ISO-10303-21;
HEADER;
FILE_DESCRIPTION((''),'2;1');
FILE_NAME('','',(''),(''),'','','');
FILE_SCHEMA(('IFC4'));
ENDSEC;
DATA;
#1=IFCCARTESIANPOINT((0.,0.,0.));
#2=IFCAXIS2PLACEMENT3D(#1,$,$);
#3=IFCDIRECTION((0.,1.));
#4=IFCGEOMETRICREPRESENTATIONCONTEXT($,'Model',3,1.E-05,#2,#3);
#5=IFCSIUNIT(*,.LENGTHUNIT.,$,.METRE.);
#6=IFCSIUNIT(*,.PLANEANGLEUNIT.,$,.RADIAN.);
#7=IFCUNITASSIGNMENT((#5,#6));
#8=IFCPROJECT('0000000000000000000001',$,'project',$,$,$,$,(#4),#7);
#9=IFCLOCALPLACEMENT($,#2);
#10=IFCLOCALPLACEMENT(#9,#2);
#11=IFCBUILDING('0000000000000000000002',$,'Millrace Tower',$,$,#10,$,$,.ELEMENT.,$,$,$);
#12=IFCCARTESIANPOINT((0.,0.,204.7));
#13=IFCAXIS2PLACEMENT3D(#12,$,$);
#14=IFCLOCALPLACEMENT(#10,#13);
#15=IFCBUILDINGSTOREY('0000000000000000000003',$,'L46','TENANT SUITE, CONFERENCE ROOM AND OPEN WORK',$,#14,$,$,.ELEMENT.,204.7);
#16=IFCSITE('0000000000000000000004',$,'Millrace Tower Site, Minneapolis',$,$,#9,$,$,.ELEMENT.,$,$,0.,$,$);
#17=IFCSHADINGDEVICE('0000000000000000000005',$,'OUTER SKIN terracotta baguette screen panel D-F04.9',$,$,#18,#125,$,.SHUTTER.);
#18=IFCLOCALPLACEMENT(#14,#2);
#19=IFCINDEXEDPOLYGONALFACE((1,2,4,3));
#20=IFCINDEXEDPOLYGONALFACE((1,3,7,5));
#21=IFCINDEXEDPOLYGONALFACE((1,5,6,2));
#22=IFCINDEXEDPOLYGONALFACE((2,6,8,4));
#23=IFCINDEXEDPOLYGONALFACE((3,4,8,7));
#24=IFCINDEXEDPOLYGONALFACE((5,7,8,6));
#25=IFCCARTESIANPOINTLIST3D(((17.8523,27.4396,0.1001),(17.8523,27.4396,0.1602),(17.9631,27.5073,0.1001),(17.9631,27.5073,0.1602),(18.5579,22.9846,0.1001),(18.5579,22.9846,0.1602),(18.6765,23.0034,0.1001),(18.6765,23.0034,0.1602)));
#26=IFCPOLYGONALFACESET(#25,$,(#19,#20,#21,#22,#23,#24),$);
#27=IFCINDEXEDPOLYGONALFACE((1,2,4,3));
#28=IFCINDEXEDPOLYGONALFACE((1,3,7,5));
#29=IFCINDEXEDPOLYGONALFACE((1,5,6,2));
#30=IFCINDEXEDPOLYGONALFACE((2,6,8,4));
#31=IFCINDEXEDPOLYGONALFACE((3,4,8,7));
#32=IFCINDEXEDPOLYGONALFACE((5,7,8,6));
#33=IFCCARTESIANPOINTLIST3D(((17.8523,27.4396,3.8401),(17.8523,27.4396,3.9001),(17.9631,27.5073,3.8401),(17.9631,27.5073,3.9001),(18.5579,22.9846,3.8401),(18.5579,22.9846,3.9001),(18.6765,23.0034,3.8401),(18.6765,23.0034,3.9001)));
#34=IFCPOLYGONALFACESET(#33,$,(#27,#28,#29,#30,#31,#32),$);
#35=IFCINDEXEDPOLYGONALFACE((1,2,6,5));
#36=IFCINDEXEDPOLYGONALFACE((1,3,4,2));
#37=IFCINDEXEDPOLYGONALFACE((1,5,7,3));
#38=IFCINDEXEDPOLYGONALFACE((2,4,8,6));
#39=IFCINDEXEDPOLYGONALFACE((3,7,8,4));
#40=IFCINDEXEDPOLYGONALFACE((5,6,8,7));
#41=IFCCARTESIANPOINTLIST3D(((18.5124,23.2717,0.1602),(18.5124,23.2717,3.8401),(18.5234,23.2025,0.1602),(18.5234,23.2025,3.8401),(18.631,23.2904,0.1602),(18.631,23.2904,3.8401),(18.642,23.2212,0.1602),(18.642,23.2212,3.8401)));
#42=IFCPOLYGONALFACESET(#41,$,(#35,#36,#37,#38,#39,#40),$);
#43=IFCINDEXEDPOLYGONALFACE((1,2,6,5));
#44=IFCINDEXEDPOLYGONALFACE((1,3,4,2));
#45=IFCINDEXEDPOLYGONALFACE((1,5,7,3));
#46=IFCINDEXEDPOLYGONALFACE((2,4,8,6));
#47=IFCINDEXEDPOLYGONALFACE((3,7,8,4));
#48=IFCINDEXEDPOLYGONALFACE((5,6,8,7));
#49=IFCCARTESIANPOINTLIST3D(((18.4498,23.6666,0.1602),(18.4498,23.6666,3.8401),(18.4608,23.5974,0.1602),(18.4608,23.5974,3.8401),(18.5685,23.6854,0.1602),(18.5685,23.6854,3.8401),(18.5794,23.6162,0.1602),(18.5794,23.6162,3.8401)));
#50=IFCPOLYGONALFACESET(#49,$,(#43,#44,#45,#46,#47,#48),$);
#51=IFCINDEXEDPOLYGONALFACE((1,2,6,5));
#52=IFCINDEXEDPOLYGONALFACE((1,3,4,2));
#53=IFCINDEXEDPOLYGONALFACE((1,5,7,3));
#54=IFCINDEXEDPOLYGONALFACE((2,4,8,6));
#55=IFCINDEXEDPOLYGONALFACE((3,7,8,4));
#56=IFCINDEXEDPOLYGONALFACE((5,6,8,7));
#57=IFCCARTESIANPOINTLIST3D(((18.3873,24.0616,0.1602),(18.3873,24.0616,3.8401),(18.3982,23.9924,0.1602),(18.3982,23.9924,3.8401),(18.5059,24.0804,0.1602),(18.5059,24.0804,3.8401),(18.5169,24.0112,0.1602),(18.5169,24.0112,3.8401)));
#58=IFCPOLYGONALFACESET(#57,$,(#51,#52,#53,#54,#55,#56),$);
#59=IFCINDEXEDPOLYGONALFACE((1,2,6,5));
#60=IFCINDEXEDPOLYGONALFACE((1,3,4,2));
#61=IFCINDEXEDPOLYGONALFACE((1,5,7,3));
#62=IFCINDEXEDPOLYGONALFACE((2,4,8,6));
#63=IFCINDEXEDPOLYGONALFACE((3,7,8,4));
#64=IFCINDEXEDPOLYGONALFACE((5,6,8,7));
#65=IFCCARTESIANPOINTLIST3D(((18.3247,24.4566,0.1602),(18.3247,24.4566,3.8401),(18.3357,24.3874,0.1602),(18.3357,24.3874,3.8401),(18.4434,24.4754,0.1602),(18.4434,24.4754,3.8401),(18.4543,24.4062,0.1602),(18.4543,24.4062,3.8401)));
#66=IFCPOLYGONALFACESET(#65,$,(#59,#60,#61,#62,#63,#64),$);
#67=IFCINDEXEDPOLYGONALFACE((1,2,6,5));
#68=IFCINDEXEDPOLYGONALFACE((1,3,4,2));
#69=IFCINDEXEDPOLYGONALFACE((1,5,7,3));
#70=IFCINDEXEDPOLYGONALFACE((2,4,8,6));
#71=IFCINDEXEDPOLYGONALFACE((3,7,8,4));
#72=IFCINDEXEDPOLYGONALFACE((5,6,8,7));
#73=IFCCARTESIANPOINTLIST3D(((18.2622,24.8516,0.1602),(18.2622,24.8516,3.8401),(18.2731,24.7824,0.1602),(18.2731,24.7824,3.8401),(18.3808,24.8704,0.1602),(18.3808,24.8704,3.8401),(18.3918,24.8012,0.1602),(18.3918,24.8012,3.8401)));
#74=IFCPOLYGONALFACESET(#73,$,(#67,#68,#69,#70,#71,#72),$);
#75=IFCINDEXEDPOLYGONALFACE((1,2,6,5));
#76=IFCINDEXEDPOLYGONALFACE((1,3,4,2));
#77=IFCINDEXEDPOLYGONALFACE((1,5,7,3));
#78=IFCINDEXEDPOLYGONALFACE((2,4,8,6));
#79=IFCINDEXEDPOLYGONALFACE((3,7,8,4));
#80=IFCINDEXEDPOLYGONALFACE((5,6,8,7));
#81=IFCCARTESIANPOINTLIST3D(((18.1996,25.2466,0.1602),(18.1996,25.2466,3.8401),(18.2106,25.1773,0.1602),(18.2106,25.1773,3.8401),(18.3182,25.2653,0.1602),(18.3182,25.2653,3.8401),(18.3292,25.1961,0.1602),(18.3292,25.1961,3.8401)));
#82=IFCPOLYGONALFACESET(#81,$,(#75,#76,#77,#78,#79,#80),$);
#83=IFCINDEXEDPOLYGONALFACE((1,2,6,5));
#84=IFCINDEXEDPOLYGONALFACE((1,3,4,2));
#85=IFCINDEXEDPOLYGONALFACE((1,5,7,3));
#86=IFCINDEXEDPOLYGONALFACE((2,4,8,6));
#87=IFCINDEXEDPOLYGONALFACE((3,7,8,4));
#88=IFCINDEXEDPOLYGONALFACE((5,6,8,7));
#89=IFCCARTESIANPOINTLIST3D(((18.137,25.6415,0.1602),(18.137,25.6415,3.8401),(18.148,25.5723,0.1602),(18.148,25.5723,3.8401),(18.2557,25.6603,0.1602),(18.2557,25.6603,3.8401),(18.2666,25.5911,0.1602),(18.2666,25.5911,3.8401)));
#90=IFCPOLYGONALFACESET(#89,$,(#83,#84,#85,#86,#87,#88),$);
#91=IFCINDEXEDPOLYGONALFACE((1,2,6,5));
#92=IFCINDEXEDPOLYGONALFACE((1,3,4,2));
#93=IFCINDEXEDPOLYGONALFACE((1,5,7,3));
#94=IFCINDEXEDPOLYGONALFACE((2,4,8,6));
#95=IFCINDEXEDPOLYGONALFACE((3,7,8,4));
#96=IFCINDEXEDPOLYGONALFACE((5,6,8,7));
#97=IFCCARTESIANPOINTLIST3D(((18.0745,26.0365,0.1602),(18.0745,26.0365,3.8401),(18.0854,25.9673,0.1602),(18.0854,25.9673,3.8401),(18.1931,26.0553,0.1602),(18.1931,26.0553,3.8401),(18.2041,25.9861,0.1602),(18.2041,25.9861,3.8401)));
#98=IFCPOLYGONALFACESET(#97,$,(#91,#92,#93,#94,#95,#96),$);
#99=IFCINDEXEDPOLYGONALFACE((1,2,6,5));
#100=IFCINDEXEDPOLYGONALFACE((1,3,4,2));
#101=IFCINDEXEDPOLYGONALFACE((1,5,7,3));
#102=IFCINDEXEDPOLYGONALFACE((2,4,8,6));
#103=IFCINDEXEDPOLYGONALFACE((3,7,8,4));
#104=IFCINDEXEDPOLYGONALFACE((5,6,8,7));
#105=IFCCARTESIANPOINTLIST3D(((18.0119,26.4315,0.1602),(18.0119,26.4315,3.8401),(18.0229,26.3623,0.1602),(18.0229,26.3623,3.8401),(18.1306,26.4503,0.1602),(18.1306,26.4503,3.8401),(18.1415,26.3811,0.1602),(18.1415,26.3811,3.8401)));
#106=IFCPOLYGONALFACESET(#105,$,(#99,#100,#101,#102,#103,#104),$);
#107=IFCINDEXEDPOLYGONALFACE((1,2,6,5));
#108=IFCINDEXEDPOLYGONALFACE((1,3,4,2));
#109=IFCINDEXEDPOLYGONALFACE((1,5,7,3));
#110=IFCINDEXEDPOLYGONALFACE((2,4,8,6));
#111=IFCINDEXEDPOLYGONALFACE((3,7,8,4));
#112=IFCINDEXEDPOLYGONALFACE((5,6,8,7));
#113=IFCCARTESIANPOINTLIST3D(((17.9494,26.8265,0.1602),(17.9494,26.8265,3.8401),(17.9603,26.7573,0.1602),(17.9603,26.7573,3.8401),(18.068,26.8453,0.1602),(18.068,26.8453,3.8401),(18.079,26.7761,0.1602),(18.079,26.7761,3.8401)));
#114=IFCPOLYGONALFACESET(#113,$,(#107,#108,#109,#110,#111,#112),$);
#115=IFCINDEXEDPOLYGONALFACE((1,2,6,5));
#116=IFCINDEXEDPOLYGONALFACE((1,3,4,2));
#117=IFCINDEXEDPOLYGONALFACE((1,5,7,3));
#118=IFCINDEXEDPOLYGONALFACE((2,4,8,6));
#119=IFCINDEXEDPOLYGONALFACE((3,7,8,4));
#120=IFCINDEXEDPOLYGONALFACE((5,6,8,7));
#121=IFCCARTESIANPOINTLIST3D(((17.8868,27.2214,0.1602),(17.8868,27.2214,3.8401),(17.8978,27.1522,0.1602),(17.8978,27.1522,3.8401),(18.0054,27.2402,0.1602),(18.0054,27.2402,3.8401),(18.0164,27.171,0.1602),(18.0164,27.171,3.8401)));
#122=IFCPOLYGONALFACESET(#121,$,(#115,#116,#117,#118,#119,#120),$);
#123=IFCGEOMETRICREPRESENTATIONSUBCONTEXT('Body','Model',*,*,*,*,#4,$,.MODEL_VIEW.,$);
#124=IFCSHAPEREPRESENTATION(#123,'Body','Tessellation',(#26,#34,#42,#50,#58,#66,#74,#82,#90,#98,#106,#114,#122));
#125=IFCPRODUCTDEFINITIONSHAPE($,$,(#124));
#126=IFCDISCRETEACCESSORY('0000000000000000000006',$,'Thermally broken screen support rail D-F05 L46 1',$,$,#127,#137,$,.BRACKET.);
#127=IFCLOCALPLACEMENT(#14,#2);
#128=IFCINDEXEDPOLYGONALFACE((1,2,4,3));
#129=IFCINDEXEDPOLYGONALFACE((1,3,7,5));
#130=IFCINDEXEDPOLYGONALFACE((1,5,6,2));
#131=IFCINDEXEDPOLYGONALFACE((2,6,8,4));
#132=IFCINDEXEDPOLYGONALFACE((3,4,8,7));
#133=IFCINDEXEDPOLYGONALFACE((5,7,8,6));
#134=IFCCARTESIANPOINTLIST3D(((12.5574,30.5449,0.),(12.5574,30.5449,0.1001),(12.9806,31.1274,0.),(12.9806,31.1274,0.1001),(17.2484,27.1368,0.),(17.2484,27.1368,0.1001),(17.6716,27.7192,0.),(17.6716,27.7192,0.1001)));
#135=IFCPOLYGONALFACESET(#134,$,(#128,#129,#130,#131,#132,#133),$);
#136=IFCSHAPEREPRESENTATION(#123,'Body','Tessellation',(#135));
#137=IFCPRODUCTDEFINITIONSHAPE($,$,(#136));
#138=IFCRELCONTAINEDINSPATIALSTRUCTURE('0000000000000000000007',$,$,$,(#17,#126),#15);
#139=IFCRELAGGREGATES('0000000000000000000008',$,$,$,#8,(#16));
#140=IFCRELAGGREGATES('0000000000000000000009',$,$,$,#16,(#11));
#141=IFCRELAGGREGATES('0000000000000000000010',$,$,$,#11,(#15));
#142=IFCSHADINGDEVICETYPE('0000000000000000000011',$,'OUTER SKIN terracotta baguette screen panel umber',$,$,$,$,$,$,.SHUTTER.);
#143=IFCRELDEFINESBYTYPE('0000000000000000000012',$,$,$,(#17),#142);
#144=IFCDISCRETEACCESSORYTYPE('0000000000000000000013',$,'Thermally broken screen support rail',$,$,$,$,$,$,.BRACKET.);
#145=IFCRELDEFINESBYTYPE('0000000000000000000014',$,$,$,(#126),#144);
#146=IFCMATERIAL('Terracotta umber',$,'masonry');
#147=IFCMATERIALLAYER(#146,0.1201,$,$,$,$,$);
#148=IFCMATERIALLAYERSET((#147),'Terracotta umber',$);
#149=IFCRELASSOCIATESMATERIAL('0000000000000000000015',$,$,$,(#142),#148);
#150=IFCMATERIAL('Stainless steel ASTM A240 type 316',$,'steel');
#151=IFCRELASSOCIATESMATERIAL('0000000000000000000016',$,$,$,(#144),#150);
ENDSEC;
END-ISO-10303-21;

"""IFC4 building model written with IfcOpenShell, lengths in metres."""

from ifc_helpers import new_model, entity, si_unit, direction, frame, frame_2d, origin, origin_2d, place, context, subcontext, project, spatial, rectangle, extrude, source, transform, mapped, material, layer, layer_set, type_object, element, save


model = new_model("IFC4")

# Units and contexts
model_context = context("Model", 3, precision=1e-05, world=origin(), true_north=direction((0.0, 1.0)))
body_context = subcontext(model_context, "Body", "Model", "MODEL_VIEW")
ifc_project = project(units=[si_unit("LENGTHUNIT", "METRE"), si_unit("PLANEANGLEUNIT", "RADIAN")], contexts=[model_context])

# Site, building, storey
site_placement = place(None, origin())
site = spatial("IfcSite", under=ifc_project, at=site_placement, Name="Millrace Tower Site, Minneapolis", CompositionType="ELEMENT", RefElevation=0.0)
building_placement = place(site_placement, origin())
building = spatial("IfcBuilding", under=site, at=building_placement, Name="Millrace Tower", CompositionType="ELEMENT")
storey_placement = place(building_placement, frame((0.0, 0.0, 204.7)))
storey = spatial("IfcBuildingStorey", under=building, at=storey_placement, Name="L46", Description="TENANT SUITE, CONFERENCE ROOM AND OPEN WORK", CompositionType="ELEMENT", Elevation=204.7)

# Shading device
ifc_material_1 = material(Name="Terracotta umber", Category="masonry")
ifc_layer_1 = layer(ifc_material_1, 0.1201)
ifc_layer_set_1 = layer_set([ifc_layer_1], Name="Terracotta umber")
shading_device_type = type_object("IfcShadingDeviceType", Name="OUTER SKIN terracotta baguette screen panel umber", PredefinedType="SHUTTER", material=ifc_layer_set_1)
cartesian_point_1 = entity("IfcCartesianPoint", [-2.2676, 0.0601])
shared_polyline_1 = entity("IfcPolyline", [cartesian_point_1, entity("IfcCartesianPoint", [2.2429, 0.0601]), entity("IfcCartesianPoint", [2.2925, -0.0601]), entity("IfcCartesianPoint", [-2.2676, -0.0601]), cartesian_point_1])
shared_shape_1 = source(origin(), body_context, "Body", "SweptSolid", [
    entity("IfcExtrudedAreaSolid", entity("IfcArbitraryClosedProfileDef", "AREA", None, shared_polyline_1), entity("IfcAxis2Placement3D", entity("IfcCartesianPoint", [0.0, 0.0, 0.0])), entity("IfcDirection", [0.0, 0.0, 1.0]), 0.0601),
    entity("IfcExtrudedAreaSolid", entity("IfcArbitraryClosedProfileDef", "AREA", None, shared_polyline_1), entity("IfcAxis2Placement3D", entity("IfcCartesianPoint", [0.0, 0.0, 3.74])), entity("IfcDirection", [0.0, 0.0, 1.0]), 0.0601),
    extrude(rectangle(XDim=0.0701, YDim=0.1201, at=frame_2d((-2.012, 0.0))), frame((0.0, 0.0, 0.0601)), (0.0, 0.0, 1.0), 3.6799),
    extrude(rectangle(XDim=0.0701, YDim=0.1201, at=frame_2d((-1.6121, 0.0))), frame((0.0, 0.0, 0.0601)), (0.0, 0.0, 1.0), 3.6799),
    extrude(rectangle(XDim=0.0701, YDim=0.1201, at=frame_2d((-1.2122, 0.0))), frame((0.0, 0.0, 0.0601)), (0.0, 0.0, 1.0), 3.6799),
    extrude(rectangle(XDim=0.0701, YDim=0.1201, at=frame_2d((-0.8123, 0.0))), frame((0.0, 0.0, 0.0601)), (0.0, 0.0, 1.0), 3.6799),
    extrude(rectangle(XDim=0.0701, YDim=0.1201, at=frame_2d((-0.4124, 0.0))), frame((0.0, 0.0, 0.0601)), (0.0, 0.0, 1.0), 3.6799),
    extrude(rectangle(XDim=0.0701, YDim=0.1201, at=frame_2d((-0.0125, 0.0))), frame((0.0, 0.0, 0.0601)), (0.0, 0.0, 1.0), 3.6799),
    extrude(rectangle(XDim=0.0701, YDim=0.1201, at=frame_2d((0.3875, 0.0))), frame((0.0, 0.0, 0.0601)), (0.0, 0.0, 1.0), 3.6799),
    extrude(rectangle(XDim=0.0701, YDim=0.1201, at=frame_2d((0.7874, 0.0))), frame((0.0, 0.0, 0.0601)), (0.0, 0.0, 1.0), 3.6799),
    extrude(rectangle(XDim=0.0701, YDim=0.1201, at=frame_2d((1.1873, 0.0))), frame((0.0, 0.0, 0.0601)), (0.0, 0.0, 1.0), 3.6799),
    extrude(rectangle(XDim=0.0701, YDim=0.1201, at=frame_2d((1.5872, 0.0))), frame((0.0, 0.0, 0.0601)), (0.0, 0.0, 1.0), 3.6799),
    extrude(rectangle(XDim=0.0701, YDim=0.1201, at=frame_2d((1.9871, 0.0))), frame((0.0, 0.0, 0.0601)), (0.0, 0.0, 1.0), 3.6799),
])
shading_device_1_placement = place(storey_placement, frame((18.2625, 25.2336, 0.1001), z_axis=(0.0, 0.0, 1.0), x_axis=(-0.156434, 0.987688, 0.0)))
element("IfcShadingDevice", 1, at=shading_device_1_placement, inside=storey, type_object=shading_device_type, Name="OUTER SKIN terracotta baguette screen panel D-F04.9", PredefinedType="SHUTTER", context=body_context, shape_type="MappedRepresentation", body=[
    mapped(shared_shape_1, transform((0.0, 0.0, 0.0), scale=1.0)),
])

# Discrete accessory
ifc_material_2 = material(Name="Stainless steel ASTM A240 type 316", Category="steel")
discrete_accessory_type = type_object("IfcDiscreteAccessoryType", Name="Thermally broken screen support rail", PredefinedType="BRACKET", material=ifc_material_2)
discrete_accessory_placement = place(storey_placement, frame((15.1145, 29.1321, 0.0), z_axis=(0.0, 0.0, 1.0), x_axis=(-0.809017, 0.587785, 0.0)))
element("IfcDiscreteAccessory", 2, at=discrete_accessory_placement, inside=storey, type_object=discrete_accessory_type, Name="Thermally broken screen support rail D-F05 L46 1", PredefinedType="BRACKET", context=body_context, shape_type="SweptSolid", body=[
    extrude(rectangle(XDim=5.7983, YDim=0.72, at=origin_2d()), origin(), (0.0, 0.0, 1.0), 0.1001),
])

save(model, "model.ifc")
